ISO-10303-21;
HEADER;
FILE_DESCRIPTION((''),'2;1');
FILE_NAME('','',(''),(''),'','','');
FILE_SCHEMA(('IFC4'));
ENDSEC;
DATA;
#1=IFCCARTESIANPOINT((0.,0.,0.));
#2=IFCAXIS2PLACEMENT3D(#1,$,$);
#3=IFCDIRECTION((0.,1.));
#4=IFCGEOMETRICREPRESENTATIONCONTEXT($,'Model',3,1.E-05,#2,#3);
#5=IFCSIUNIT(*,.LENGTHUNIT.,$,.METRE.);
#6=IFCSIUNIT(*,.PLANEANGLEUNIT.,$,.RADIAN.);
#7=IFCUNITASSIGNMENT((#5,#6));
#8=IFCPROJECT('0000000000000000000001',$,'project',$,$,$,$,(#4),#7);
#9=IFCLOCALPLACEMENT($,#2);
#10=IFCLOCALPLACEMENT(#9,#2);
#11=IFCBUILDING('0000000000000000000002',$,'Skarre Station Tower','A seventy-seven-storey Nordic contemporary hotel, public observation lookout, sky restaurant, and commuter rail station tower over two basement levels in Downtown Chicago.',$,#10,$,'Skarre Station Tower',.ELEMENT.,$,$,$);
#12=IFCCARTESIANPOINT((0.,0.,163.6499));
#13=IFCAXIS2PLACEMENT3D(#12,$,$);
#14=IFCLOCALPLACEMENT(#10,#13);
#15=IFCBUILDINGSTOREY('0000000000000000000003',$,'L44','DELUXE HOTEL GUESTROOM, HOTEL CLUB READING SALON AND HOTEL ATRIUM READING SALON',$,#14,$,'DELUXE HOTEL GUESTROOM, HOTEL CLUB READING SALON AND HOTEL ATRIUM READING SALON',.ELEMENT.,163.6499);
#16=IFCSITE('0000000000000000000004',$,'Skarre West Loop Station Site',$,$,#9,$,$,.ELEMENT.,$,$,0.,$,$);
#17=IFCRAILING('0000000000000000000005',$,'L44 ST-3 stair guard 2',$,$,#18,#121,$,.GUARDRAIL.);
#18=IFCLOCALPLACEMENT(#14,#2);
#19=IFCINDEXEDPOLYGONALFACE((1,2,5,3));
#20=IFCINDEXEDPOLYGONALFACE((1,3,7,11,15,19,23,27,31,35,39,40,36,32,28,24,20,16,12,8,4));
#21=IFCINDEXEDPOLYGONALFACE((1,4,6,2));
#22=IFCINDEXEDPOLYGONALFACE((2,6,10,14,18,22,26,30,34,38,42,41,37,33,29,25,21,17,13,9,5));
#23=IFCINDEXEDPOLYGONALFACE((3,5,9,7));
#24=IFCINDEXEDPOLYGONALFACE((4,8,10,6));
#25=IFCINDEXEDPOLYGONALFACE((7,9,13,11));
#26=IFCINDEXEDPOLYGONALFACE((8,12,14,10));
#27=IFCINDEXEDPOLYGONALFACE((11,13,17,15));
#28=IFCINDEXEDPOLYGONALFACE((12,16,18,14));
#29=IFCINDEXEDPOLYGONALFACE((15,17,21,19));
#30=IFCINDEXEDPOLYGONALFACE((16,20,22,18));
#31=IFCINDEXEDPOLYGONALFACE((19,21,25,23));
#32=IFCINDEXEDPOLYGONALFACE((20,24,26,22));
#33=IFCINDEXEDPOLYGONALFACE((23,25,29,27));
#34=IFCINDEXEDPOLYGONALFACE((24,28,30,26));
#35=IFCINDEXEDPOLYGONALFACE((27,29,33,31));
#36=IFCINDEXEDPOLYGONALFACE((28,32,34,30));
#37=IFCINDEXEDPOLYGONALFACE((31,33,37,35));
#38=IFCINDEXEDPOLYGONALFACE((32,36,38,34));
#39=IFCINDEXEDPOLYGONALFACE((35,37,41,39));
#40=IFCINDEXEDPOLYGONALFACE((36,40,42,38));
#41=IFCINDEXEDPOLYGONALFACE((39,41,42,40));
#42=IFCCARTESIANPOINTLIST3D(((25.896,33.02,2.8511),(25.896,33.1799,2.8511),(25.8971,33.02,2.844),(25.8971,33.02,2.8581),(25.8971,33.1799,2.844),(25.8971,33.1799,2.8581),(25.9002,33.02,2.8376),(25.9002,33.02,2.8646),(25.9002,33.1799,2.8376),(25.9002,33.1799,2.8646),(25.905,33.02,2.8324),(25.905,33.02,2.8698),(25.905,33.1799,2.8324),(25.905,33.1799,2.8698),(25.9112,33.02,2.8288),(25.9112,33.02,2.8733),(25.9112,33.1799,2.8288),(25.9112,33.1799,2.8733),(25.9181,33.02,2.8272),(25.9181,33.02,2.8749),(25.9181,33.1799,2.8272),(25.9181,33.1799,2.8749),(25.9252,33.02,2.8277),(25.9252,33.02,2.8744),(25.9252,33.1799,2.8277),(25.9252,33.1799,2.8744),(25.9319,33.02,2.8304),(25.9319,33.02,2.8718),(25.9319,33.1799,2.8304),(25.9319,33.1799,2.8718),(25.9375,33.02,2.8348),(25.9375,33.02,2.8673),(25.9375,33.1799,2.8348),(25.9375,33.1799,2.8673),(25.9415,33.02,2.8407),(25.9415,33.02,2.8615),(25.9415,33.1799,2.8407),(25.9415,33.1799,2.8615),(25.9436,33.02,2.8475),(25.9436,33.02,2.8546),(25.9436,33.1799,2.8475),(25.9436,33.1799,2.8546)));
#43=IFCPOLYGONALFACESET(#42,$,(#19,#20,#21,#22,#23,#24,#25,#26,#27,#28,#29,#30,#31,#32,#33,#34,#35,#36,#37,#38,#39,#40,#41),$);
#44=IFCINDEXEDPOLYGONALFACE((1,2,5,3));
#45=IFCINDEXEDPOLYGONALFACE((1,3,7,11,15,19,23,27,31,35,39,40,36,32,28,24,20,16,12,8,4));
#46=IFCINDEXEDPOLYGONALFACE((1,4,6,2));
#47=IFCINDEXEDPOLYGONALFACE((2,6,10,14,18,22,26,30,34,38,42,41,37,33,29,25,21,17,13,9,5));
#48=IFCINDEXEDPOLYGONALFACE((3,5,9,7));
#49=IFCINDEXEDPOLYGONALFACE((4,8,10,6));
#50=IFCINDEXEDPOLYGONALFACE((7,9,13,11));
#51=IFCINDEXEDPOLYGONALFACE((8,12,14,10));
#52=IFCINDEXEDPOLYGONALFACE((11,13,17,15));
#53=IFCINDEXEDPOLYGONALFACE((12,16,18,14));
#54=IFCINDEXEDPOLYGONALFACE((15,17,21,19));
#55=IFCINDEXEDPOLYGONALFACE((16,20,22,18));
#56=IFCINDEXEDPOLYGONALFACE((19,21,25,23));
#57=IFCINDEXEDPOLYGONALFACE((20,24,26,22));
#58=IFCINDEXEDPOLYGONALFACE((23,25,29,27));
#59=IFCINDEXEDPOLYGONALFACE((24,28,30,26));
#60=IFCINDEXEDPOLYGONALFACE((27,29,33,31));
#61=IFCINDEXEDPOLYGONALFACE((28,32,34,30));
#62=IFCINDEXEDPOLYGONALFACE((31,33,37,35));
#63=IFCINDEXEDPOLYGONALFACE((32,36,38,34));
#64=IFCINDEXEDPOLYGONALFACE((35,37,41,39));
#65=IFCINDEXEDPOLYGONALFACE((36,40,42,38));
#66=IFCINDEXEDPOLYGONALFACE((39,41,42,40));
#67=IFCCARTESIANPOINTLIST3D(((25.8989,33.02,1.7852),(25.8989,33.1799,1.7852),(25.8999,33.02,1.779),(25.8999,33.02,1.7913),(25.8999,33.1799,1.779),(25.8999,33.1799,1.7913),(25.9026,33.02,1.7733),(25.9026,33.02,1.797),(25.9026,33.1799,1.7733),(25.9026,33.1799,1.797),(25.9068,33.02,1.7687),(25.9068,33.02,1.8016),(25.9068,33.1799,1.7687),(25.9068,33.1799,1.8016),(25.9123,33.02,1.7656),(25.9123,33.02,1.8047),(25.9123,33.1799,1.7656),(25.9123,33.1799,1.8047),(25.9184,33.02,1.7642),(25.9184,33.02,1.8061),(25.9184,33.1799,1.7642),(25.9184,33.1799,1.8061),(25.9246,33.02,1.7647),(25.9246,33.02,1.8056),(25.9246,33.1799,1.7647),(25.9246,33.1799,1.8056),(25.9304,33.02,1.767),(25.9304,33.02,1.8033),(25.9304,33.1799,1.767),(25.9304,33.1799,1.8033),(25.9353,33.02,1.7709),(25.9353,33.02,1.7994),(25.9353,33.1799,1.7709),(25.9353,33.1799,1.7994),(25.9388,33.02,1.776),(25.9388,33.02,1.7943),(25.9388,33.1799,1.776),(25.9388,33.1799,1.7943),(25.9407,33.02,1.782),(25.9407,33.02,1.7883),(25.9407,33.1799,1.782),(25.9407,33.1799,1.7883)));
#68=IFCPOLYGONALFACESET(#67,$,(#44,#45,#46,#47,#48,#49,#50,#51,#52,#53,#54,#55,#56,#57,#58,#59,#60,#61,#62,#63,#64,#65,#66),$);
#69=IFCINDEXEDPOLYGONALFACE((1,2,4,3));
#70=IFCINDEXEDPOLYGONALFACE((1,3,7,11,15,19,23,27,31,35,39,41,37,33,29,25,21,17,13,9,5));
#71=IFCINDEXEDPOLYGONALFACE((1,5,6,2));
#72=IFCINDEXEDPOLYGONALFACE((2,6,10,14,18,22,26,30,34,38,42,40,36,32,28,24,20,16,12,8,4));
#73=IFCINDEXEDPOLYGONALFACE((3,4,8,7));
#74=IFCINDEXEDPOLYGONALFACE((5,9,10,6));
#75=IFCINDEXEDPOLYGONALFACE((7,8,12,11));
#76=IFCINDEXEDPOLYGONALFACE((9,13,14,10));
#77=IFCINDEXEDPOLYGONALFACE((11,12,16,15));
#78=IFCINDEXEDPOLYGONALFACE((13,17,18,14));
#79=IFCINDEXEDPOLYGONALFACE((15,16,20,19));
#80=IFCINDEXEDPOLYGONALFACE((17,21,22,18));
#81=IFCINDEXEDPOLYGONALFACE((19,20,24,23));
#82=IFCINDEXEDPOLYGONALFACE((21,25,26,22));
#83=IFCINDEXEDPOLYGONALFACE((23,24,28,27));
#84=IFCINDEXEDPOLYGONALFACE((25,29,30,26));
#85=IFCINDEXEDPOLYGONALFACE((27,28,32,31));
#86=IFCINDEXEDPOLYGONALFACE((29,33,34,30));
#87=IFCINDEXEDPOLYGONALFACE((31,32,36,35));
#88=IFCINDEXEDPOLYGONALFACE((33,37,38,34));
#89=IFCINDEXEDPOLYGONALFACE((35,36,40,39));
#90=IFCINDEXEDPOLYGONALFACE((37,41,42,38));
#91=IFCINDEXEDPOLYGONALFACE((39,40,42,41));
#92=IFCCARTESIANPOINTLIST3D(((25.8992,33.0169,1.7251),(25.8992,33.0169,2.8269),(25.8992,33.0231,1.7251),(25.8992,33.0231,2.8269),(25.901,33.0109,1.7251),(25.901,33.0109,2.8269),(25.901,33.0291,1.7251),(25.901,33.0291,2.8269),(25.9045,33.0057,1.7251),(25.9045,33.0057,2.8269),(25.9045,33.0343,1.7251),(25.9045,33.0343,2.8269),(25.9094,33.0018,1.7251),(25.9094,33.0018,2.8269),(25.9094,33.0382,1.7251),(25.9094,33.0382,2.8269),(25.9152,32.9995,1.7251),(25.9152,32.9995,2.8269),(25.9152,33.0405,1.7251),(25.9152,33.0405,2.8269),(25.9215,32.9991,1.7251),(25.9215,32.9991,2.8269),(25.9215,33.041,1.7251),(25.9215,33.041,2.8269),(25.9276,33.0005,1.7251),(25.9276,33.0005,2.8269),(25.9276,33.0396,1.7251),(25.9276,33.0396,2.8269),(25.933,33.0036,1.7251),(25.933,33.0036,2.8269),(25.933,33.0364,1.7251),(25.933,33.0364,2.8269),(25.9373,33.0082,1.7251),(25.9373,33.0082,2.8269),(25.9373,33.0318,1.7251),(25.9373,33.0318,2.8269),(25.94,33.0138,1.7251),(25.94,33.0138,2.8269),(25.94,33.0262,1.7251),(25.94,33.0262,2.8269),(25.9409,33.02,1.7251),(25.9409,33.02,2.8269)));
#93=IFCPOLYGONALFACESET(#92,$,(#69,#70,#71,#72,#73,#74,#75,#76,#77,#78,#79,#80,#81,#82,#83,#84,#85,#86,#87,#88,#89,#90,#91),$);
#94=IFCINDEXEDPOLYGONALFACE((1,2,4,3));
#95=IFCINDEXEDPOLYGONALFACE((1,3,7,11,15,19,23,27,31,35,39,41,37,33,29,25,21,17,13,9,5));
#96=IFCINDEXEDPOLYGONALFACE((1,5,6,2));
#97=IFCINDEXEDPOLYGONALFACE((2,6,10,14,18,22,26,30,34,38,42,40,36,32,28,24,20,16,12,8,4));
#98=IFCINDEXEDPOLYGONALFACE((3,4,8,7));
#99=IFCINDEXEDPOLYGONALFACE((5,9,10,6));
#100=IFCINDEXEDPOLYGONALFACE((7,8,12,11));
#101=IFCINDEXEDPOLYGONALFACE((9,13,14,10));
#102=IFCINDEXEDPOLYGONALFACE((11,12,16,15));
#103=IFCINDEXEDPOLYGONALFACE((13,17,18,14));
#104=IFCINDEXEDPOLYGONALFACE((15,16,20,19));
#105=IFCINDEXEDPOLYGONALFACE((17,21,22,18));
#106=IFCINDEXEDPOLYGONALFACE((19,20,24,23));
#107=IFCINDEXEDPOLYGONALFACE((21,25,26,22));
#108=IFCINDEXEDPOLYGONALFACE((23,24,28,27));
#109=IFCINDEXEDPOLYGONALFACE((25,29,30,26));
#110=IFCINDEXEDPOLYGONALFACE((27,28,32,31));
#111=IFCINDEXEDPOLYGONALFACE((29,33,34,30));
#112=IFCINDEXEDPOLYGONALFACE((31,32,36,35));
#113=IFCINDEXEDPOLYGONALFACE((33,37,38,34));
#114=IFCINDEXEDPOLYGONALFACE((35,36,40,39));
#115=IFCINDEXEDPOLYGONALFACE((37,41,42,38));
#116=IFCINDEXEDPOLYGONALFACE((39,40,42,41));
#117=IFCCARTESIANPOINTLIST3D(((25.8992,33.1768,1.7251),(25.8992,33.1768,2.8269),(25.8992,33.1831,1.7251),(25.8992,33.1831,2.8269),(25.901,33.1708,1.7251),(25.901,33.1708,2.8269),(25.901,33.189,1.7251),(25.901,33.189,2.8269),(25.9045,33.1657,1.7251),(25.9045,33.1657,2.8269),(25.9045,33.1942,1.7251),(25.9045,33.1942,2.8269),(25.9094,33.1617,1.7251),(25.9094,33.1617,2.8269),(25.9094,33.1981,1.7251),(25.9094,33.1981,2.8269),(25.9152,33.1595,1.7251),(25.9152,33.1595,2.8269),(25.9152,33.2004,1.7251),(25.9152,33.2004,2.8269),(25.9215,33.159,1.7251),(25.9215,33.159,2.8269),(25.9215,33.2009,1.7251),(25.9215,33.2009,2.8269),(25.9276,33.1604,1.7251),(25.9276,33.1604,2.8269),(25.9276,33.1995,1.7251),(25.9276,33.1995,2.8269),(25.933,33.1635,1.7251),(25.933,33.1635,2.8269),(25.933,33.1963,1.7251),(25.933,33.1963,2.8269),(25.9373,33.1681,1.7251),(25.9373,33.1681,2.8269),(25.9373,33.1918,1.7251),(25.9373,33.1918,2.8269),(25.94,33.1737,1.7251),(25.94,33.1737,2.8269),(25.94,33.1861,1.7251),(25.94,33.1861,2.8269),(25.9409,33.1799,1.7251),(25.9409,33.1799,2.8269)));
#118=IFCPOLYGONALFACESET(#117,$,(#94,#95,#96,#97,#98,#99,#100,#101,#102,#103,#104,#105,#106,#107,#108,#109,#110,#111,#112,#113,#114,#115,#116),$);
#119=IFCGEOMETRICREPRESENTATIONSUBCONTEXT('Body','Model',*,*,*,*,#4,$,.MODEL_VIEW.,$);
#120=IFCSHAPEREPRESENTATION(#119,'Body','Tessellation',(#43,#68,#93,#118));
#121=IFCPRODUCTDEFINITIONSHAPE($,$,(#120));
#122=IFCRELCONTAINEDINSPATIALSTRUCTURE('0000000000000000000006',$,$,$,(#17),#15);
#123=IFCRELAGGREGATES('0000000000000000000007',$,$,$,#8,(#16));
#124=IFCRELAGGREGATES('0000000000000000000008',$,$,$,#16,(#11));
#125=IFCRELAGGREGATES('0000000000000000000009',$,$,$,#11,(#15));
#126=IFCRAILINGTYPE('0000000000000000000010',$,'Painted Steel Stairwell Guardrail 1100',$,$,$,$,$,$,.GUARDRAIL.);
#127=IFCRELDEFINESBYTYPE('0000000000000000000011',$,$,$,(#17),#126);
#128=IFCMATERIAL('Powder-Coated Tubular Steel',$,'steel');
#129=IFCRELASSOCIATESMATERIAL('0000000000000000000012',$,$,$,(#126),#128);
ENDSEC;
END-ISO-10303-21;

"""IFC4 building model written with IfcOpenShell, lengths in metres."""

from ifc_helpers import new_model, si_unit, direction, frame, origin, origin_2d, place, context, subcontext, project, spatial, circle, extrude, material, type_object, element, save


model = new_model("IFC4")

# Units and contexts
model_context = context("Model", 3, precision=1e-05, world=origin(), true_north=direction((0.0, 1.0)))
body_context = subcontext(model_context, "Body", "Model", "MODEL_VIEW")
ifc_project = project(units=[si_unit("LENGTHUNIT", "METRE"), si_unit("PLANEANGLEUNIT", "RADIAN")], contexts=[model_context])

# Site, building, storey
site_placement = place(None, origin())
site = spatial("IfcSite", under=ifc_project, at=site_placement, Name="Skarre West Loop Station Site", CompositionType="ELEMENT", RefElevation=0.0)
building_placement = place(site_placement, origin())
building = spatial("IfcBuilding", under=site, at=building_placement, Name="Skarre Station Tower", Description="A seventy-seven-storey Nordic contemporary hotel, public observation lookout, sky restaurant, and commuter rail station tower over two basement levels in Downtown Chicago.", LongName="Skarre Station Tower", CompositionType="ELEMENT")
storey_placement = place(building_placement, frame((0.0, 0.0, 163.6499)))
storey = spatial("IfcBuildingStorey", under=building, at=storey_placement, Name="L44", Description="DELUXE HOTEL GUESTROOM, HOTEL CLUB READING SALON AND HOTEL ATRIUM READING SALON", LongName="DELUXE HOTEL GUESTROOM, HOTEL CLUB READING SALON AND HOTEL ATRIUM READING SALON", CompositionType="ELEMENT", Elevation=163.6499)

# Railing
ifc_material_1 = material(Name="Powder-Coated Tubular Steel", Category="steel")
railing_type_1 = type_object("IfcRailingType", Name="Painted Steel Stairwell Guardrail 1100", PredefinedType="GUARDRAIL", material=ifc_material_1)
railing_1_placement = place(storey_placement, frame((25.9199, 33.02, 1.7251)))
element("IfcRailing", 1, at=railing_1_placement, inside=storey, type_object=railing_type_1, Name="L44 ST-3 stair guard 2", PredefinedType="GUARDRAIL", context=body_context, shape_type="SweptSolid", body=[
    extrude(circle(Radius=0.0239, at=origin_2d()), frame((0.0, 0.0, 1.126), z_axis=(0.0, 1.0, 0.0), x_axis=(-1.0, 0.0, 0.0)), (0.0, 0.0, 1.0), 0.1599),
    extrude(circle(Radius=0.021, at=origin_2d()), frame((0.0, 0.0, 0.0601), z_axis=(0.0, 1.0, 0.0), x_axis=(-1.0, 0.0, 0.0)), (0.0, 0.0, 1.0), 0.1599),
    extrude(circle(Radius=0.021, at=origin_2d()), origin(), (0.0, 0.0, 1.0), 1.1018),
    extrude(circle(Radius=0.021, at=origin_2d()), frame((0.0, 0.1599, 0.0)), (0.0, 0.0, 1.0), 1.1018),
])

save(model, "model.ifc")
